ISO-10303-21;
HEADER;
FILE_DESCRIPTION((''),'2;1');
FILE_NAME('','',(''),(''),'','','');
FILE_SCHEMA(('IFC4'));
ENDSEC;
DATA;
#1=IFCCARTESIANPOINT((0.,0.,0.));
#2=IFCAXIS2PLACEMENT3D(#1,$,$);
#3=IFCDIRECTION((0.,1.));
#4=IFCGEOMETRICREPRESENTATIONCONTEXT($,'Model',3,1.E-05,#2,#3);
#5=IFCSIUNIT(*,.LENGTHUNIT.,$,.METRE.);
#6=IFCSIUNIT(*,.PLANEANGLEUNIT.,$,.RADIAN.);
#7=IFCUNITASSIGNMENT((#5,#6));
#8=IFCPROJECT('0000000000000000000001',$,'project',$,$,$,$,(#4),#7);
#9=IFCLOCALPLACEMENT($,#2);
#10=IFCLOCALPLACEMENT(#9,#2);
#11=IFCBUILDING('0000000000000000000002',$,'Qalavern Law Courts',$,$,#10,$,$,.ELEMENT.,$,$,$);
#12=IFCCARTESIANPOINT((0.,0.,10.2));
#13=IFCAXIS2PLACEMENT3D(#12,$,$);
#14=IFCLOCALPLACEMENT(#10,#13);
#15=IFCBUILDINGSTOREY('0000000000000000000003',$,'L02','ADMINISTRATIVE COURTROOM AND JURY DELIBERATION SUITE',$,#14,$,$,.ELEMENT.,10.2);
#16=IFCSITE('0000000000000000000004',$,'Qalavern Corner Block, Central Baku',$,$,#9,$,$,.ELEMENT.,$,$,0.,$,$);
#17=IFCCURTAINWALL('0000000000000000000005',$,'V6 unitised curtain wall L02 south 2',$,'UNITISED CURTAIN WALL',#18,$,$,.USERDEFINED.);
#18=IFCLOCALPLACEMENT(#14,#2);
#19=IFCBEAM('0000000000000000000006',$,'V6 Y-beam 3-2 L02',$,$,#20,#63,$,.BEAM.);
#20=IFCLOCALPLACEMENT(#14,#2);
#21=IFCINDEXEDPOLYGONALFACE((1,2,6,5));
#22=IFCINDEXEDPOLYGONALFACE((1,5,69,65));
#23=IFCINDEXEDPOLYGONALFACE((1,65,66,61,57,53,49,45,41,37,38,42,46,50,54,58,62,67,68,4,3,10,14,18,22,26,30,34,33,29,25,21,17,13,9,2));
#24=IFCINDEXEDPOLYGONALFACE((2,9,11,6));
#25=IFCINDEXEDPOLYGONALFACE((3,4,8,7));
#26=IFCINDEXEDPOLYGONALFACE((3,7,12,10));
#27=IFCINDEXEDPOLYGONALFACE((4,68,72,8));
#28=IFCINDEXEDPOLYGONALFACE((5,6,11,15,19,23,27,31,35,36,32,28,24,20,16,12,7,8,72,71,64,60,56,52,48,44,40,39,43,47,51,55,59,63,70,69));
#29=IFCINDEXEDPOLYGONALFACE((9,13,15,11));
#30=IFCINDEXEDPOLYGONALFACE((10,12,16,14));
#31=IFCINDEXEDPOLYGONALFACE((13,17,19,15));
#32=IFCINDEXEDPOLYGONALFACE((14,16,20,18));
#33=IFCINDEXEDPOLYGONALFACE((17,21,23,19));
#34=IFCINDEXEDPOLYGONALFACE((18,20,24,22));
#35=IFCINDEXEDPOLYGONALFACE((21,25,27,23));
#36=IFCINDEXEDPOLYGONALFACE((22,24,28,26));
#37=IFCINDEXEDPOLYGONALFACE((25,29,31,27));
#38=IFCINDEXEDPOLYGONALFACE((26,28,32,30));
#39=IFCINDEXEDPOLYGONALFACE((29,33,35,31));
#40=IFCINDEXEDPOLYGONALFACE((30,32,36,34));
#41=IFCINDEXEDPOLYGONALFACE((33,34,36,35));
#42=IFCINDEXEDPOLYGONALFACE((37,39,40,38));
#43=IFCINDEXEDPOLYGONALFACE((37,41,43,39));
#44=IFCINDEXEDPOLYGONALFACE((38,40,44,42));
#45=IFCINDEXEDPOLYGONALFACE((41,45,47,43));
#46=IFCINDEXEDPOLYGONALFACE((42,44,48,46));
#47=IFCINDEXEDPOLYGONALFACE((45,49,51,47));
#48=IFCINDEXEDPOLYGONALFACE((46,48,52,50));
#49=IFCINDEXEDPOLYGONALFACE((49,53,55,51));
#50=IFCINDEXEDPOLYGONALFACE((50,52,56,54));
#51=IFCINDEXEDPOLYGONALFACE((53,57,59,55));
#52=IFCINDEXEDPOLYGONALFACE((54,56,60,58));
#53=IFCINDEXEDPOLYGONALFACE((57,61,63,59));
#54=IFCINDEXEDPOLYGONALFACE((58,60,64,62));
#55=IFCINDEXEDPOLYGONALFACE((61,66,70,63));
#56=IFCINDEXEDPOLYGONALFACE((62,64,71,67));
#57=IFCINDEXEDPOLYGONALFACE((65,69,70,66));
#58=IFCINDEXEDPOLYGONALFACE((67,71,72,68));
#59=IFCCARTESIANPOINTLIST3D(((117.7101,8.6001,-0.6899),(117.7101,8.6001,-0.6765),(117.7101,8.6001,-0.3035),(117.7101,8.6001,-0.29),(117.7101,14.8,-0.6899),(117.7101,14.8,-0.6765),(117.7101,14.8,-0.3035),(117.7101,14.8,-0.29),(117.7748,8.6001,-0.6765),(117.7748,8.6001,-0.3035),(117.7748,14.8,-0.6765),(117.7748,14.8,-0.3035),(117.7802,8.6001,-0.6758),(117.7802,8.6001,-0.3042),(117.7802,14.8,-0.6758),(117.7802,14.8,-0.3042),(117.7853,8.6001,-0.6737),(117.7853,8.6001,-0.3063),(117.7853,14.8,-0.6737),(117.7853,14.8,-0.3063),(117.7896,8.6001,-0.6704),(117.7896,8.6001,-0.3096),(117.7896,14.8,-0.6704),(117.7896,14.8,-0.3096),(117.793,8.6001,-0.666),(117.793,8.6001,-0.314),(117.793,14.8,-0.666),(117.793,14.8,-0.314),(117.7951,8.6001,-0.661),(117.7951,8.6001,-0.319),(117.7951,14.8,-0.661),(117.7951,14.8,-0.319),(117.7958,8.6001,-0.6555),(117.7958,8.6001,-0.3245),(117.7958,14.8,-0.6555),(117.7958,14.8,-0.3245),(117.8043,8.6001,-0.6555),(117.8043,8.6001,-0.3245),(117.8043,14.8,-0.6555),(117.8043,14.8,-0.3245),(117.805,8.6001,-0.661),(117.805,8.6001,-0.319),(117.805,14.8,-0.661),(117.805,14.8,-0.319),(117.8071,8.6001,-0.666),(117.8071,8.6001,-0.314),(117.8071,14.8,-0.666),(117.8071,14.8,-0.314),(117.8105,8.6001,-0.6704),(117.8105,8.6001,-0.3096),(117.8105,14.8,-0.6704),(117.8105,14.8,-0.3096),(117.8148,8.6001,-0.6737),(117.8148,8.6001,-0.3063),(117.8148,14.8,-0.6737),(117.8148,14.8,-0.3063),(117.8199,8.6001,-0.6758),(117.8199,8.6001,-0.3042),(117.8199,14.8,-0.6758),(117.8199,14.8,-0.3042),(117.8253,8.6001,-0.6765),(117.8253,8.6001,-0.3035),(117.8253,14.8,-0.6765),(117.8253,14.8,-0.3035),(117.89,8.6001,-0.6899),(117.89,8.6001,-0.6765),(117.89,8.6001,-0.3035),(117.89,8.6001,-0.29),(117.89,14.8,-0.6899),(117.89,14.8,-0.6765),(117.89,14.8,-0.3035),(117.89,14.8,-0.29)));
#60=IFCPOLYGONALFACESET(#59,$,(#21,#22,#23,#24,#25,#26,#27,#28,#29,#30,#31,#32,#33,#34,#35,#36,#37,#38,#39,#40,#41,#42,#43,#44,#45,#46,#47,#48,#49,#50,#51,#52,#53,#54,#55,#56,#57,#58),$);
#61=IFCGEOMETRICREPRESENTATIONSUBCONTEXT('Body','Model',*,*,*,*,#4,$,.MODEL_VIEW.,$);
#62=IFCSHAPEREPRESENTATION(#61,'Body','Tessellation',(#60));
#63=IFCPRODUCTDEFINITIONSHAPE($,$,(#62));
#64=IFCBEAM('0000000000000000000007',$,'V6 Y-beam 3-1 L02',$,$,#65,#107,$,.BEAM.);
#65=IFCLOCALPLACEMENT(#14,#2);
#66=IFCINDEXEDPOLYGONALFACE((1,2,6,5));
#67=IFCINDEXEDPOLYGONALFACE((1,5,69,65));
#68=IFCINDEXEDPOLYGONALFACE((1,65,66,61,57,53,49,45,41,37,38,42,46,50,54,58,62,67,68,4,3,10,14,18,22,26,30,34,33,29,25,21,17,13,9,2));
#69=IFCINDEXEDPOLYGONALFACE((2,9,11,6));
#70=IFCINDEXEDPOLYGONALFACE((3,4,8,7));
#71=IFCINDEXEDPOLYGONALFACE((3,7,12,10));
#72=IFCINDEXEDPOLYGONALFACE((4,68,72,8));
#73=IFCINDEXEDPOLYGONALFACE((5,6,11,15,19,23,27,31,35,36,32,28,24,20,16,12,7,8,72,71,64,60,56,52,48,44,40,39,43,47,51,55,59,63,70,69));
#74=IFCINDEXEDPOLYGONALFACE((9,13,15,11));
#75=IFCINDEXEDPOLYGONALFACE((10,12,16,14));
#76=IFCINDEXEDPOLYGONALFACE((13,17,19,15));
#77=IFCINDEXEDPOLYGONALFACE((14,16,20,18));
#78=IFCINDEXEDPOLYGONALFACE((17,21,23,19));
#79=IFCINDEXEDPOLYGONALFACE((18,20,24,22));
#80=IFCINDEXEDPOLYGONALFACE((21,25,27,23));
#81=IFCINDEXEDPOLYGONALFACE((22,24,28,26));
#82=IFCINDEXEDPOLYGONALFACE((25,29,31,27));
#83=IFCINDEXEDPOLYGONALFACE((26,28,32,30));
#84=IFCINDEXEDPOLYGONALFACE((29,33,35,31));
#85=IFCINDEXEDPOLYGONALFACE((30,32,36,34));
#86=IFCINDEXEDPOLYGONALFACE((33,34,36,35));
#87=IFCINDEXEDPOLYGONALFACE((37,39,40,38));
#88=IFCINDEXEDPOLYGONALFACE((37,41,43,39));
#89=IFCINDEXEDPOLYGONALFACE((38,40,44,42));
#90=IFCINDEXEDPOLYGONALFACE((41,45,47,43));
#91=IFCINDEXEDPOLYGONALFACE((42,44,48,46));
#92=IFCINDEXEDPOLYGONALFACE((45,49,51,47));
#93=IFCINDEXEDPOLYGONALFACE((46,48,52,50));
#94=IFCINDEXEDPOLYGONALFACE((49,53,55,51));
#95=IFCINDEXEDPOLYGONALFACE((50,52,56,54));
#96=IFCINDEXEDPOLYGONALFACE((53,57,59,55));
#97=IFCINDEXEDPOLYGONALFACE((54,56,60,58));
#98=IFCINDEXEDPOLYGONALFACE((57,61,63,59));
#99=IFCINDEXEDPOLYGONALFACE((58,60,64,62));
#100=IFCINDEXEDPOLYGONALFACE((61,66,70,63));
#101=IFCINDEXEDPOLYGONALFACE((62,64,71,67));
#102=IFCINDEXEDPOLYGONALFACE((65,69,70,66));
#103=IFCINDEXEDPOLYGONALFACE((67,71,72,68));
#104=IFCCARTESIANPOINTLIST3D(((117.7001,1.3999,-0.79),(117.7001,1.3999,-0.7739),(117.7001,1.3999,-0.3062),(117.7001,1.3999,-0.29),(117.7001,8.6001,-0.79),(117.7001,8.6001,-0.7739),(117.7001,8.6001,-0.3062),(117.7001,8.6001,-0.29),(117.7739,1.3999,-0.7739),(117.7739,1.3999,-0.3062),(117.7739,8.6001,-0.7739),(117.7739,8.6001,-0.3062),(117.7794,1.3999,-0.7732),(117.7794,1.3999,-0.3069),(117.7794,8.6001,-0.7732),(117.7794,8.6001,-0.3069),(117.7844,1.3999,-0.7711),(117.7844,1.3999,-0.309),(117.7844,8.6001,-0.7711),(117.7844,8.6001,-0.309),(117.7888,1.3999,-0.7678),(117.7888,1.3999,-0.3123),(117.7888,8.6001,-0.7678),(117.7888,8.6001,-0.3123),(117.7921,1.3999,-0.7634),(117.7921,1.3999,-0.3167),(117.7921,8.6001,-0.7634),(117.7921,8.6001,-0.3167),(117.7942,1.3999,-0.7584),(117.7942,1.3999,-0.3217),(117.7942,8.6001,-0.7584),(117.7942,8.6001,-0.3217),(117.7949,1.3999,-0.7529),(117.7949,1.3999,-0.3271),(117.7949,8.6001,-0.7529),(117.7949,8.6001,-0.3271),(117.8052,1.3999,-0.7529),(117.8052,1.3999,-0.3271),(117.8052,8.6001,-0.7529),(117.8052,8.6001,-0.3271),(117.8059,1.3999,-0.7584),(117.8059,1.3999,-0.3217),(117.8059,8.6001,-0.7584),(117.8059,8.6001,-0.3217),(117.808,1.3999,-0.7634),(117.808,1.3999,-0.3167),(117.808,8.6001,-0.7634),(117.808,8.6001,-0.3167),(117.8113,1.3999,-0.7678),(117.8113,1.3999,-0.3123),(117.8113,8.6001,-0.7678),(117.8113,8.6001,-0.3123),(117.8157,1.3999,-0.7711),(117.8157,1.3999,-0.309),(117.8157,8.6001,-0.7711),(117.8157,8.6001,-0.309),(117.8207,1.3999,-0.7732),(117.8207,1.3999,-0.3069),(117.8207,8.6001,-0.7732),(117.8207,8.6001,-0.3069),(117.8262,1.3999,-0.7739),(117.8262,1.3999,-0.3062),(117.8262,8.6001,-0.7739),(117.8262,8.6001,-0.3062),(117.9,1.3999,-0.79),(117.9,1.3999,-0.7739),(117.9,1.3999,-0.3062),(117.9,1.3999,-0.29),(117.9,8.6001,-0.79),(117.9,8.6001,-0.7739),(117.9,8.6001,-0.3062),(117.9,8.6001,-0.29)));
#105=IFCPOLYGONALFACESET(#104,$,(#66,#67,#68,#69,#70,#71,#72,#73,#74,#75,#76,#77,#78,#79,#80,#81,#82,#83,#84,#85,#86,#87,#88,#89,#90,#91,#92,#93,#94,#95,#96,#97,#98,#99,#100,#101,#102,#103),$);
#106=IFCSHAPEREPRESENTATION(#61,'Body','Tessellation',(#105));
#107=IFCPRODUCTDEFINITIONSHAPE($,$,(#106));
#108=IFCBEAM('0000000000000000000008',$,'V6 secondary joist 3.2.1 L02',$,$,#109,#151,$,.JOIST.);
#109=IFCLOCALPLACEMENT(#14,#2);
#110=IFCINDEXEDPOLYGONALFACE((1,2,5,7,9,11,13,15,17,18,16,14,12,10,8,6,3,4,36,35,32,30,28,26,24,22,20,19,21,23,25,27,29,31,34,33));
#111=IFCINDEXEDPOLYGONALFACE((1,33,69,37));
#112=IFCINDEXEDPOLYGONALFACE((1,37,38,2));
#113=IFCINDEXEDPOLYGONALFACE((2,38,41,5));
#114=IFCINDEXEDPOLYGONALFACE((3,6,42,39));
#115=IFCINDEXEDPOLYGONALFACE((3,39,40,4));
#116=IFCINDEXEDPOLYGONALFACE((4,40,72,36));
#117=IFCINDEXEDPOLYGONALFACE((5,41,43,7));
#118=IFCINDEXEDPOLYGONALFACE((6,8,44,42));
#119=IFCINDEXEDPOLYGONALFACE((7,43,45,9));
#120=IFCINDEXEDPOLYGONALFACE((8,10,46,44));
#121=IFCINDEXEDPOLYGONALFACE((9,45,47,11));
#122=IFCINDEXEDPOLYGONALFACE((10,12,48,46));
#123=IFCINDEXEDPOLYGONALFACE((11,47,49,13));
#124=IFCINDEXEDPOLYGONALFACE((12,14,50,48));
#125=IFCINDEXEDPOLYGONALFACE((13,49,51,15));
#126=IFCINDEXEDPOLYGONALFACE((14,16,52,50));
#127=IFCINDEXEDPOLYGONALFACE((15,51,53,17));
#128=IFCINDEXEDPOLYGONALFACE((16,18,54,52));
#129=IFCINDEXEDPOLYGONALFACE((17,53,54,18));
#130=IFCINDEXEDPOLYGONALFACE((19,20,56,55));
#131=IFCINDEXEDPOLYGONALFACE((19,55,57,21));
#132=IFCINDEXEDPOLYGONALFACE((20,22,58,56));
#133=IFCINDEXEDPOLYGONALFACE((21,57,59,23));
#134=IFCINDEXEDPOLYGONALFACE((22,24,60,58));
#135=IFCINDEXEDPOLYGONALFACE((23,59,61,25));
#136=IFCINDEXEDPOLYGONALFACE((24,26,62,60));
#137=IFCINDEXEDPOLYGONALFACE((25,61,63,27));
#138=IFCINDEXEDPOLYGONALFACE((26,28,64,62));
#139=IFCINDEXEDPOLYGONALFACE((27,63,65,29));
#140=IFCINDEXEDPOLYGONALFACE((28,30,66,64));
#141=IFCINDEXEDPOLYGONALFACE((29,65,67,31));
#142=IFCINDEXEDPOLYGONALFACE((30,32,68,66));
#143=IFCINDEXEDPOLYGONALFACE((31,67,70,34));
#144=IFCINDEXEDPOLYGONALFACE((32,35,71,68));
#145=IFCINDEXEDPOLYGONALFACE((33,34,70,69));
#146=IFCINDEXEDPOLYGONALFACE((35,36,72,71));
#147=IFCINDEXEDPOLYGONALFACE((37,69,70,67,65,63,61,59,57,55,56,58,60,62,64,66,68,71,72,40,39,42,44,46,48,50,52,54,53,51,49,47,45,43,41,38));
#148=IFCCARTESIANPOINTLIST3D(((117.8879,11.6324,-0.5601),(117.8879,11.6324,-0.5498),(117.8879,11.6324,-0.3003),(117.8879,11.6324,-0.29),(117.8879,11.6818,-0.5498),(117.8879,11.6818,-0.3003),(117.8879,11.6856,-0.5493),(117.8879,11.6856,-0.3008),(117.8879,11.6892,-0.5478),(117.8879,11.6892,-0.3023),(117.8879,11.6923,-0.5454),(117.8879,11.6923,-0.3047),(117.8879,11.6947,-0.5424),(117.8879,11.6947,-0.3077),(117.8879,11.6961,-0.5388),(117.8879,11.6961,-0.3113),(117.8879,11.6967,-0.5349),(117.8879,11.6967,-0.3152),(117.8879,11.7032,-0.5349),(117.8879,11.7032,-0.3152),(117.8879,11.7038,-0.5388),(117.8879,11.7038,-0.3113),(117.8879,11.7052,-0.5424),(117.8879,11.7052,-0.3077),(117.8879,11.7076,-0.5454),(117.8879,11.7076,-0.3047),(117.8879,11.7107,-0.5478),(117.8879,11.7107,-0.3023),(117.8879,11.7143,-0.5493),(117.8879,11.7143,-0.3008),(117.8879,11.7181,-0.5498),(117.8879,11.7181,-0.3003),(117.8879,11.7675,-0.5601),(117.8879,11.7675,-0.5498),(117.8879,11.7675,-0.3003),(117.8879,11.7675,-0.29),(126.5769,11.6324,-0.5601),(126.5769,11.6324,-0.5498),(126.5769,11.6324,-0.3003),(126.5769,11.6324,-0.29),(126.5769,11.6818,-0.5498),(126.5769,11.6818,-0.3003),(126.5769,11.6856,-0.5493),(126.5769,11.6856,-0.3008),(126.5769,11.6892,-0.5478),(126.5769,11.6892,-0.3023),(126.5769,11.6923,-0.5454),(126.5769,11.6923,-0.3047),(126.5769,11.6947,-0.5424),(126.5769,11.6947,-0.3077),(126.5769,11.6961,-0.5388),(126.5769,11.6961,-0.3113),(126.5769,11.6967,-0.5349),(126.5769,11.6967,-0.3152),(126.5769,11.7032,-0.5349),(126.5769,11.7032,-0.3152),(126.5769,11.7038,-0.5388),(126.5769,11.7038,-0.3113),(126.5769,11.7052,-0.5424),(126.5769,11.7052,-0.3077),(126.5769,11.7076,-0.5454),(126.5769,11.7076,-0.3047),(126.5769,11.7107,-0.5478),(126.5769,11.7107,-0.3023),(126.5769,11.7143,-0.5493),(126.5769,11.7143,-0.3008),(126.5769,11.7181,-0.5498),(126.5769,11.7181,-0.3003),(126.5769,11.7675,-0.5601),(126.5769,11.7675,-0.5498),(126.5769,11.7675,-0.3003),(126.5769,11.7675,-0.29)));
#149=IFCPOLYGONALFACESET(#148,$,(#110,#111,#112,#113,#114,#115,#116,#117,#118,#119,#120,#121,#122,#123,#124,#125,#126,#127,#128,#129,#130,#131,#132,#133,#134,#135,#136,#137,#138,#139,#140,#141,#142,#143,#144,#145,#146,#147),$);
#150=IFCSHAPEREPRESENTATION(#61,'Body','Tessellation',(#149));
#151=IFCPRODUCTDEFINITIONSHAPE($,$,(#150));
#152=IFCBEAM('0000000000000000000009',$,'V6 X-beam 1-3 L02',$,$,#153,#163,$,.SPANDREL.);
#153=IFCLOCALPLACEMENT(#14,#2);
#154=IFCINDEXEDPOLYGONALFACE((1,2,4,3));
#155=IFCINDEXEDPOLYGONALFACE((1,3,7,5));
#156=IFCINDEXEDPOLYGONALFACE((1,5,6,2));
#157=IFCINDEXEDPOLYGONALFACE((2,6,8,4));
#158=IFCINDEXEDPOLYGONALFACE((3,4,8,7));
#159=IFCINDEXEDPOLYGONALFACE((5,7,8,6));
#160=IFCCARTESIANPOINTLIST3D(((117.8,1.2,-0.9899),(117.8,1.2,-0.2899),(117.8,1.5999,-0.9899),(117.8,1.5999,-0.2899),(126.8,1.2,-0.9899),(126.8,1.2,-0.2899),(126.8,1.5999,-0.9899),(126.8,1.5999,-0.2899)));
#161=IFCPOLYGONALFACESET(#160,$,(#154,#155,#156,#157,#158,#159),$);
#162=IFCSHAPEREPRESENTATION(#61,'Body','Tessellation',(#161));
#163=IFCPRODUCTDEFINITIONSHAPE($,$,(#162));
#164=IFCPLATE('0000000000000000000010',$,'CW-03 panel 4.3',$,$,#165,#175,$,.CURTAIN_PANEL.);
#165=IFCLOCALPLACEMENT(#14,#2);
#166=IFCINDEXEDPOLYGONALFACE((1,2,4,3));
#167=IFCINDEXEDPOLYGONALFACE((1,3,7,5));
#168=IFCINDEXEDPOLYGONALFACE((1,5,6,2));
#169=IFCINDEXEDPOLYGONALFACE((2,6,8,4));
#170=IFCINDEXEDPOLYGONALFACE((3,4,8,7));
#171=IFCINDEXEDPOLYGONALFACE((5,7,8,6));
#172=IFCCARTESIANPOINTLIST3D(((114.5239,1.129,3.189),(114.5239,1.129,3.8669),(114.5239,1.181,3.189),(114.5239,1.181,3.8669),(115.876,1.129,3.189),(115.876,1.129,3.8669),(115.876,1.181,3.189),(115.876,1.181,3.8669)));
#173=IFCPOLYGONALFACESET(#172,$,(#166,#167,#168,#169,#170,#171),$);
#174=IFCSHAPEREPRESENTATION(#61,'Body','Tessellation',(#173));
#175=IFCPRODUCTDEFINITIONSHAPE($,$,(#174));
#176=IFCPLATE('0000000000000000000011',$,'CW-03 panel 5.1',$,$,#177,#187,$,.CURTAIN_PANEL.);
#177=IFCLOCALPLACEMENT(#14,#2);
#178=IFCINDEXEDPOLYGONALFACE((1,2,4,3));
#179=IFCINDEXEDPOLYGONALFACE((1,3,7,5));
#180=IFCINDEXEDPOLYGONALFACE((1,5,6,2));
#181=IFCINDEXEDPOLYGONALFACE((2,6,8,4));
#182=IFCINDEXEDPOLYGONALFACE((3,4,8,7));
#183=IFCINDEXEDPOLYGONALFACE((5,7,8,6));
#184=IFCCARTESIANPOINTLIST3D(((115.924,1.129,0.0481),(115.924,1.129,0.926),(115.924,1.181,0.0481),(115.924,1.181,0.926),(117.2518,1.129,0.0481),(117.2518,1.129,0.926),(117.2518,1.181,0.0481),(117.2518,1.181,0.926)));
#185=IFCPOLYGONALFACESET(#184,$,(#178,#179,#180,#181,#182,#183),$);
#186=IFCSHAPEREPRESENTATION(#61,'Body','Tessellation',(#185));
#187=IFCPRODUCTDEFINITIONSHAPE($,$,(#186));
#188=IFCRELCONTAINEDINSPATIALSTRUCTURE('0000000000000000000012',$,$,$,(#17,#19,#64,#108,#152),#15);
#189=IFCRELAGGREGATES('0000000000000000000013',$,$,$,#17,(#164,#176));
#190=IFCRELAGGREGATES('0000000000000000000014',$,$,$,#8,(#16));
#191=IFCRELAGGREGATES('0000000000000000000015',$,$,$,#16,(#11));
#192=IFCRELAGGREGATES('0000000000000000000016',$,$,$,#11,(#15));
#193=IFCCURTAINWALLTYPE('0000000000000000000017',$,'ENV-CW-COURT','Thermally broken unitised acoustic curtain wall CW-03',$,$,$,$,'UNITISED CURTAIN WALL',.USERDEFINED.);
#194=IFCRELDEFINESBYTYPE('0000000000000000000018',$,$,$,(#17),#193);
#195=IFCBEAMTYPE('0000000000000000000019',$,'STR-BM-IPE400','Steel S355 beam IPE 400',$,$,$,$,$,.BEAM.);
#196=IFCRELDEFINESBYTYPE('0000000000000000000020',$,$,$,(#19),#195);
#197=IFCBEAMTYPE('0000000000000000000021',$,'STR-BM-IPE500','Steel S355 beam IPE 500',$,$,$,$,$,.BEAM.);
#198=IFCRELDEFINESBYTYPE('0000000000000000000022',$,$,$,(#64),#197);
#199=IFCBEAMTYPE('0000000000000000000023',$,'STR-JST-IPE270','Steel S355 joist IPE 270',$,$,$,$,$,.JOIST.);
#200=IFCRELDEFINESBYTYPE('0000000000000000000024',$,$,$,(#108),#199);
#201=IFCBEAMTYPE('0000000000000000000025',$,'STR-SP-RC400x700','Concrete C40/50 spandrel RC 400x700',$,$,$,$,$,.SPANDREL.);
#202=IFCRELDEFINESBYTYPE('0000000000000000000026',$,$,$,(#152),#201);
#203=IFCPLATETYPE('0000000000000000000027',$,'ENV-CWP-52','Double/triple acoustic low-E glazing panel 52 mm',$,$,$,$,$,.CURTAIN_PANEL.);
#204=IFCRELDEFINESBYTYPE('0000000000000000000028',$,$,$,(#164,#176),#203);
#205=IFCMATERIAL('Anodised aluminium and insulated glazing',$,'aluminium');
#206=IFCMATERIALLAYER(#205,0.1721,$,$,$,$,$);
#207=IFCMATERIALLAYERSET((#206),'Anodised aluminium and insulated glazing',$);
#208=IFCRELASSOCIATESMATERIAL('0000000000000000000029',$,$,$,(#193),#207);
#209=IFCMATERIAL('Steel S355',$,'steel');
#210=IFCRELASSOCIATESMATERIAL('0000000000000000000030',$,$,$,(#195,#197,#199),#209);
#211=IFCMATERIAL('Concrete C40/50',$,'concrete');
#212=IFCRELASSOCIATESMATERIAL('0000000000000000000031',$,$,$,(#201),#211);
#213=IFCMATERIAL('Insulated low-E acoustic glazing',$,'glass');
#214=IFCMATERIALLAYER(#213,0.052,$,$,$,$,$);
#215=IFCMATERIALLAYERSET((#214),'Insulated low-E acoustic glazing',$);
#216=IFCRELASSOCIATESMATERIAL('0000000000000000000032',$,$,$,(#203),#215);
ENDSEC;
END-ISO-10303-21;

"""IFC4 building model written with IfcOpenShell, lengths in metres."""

from ifc_helpers import new_model, si_unit, direction, frame, origin, origin_2d, place, context, subcontext, project, spatial, rectangle, i_section, extrude, material, layer, layer_set, material_profile, profile_set, type_object, element, aggregate, save


model = new_model("IFC4")

# Units and contexts
model_context = context("Model", 3, precision=1e-05, world=origin(), true_north=direction((0.0, 1.0)))
body_context = subcontext(model_context, "Body", "Model", "MODEL_VIEW")
ifc_project = project(units=[si_unit("LENGTHUNIT", "METRE"), si_unit("PLANEANGLEUNIT", "RADIAN")], contexts=[model_context])

# Site, building, storey
site_placement = place(None, origin())
site = spatial("IfcSite", under=ifc_project, at=site_placement, Name="Qalavern Corner Block, Central Baku", CompositionType="ELEMENT", RefElevation=0.0)
building_placement = place(site_placement, origin())
building = spatial("IfcBuilding", under=site, at=building_placement, Name="Qalavern Law Courts", CompositionType="ELEMENT")
storey_placement = place(building_placement, frame((0.0, 0.0, 10.2)))
storey = spatial("IfcBuildingStorey", under=building, at=storey_placement, Name="L02", Description="ADMINISTRATIVE COURTROOM AND JURY DELIBERATION SUITE", CompositionType="ELEMENT", Elevation=10.2)

# Curtain wall
ifc_material_1 = material(Name="Anodised aluminium and insulated glazing", Category="aluminium")
ifc_layer_1 = layer(ifc_material_1, 0.1721)
ifc_layer_set_1 = layer_set([ifc_layer_1], Name="Anodised aluminium and insulated glazing")
curtain_wall_type = type_object("IfcCurtainWallType", Name="ENV-CW-COURT", Description="Thermally broken unitised acoustic curtain wall CW-03", ElementType="UNITISED CURTAIN WALL", PredefinedType="USERDEFINED", material=ifc_layer_set_1)
curtain_wall_placement = place(storey_placement, origin())
curtain_wall = element("IfcCurtainWall", 1, at=curtain_wall_placement, inside=storey, type_object=curtain_wall_type, Name="V6 unitised curtain wall L02 south 2", ObjectType="UNITISED CURTAIN WALL", PredefinedType="USERDEFINED")

# Beams
ifc_material_2 = material(Name="Steel S355", Category="steel")
ifc_material_profile_1 = material_profile(ifc_material_2, i_section(OverallWidth=0.1799, OverallDepth=0.3999, WebThickness=0.0085, FlangeThickness=0.0134, FilletRadius=0.021, at=origin_2d()), Name="IPE 400")
ifc_profile_set_1 = profile_set([ifc_material_profile_1], Name="Steel S355")
beam_type_1 = type_object("IfcBeamType", Name="STR-BM-IPE400", Description="Steel S355 beam IPE 400", PredefinedType="BEAM", material=ifc_profile_set_1)
beam_1_placement = place(storey_placement, frame((117.8, 8.6001, -0.49), z_axis=(0.0, 1.0, 0.0), x_axis=(-1.0, 0.0, 0.0)))
element("IfcBeam", 2, at=beam_1_placement, inside=storey, type_object=beam_type_1, Name="V6 Y-beam 3-2 L02", PredefinedType="BEAM", context=body_context, shape_type="SweptSolid", body=[
    extrude(i_section(OverallWidth=0.1799, OverallDepth=0.3999, WebThickness=0.0085, FlangeThickness=0.0134, FilletRadius=0.021, at=origin_2d()), origin(), (0.0, 0.0, 1.0), 6.2),
])
ifc_material_profile_2 = material_profile(ifc_material_2, i_section(OverallWidth=0.2, OverallDepth=0.5, WebThickness=0.0103, FlangeThickness=0.0161, FilletRadius=0.021, at=origin_2d()), Name="IPE 500")
ifc_profile_set_2 = profile_set([ifc_material_profile_2], Name="Steel S355")
beam_type_2 = type_object("IfcBeamType", Name="STR-BM-IPE500", Description="Steel S355 beam IPE 500", PredefinedType="BEAM", material=ifc_profile_set_2)
beam_2_placement = place(storey_placement, frame((117.8, 1.3999, -0.54), z_axis=(0.0, 1.0, 0.0), x_axis=(-1.0, 0.0, 0.0)))
element("IfcBeam", 3, at=beam_2_placement, inside=storey, type_object=beam_type_2, Name="V6 Y-beam 3-1 L02", PredefinedType="BEAM", context=body_context, shape_type="SweptSolid", body=[
    extrude(i_section(OverallWidth=0.2, OverallDepth=0.5, WebThickness=0.0103, FlangeThickness=0.0161, FilletRadius=0.021, at=origin_2d()), origin(), (0.0, 0.0, 1.0), 7.2002),
])
ifc_material_profile_3 = material_profile(ifc_material_2, i_section(OverallWidth=0.135, OverallDepth=0.27, WebThickness=0.0066, FlangeThickness=0.0103, FilletRadius=0.0149, at=origin_2d()), Name="IPE 270")
ifc_profile_set_3 = profile_set([ifc_material_profile_3], Name="Steel S355")
beam_type_3 = type_object("IfcBeamType", Name="STR-JST-IPE270", Description="Steel S355 joist IPE 270", PredefinedType="JOIST", material=ifc_profile_set_3)
beam_3_placement = place(storey_placement, frame((117.8879, 11.7, -0.425), z_axis=(1.0, 0.0, 0.0), x_axis=(0.0, 1.0, 0.0)))
element("IfcBeam", 4, at=beam_3_placement, inside=storey, type_object=beam_type_3, Name="V6 secondary joist 3.2.1 L02", PredefinedType="JOIST", context=body_context, shape_type="SweptSolid", body=[
    extrude(i_section(OverallWidth=0.135, OverallDepth=0.27, WebThickness=0.0066, FlangeThickness=0.0103, FilletRadius=0.0149, at=origin_2d()), origin(), (0.0, 0.0, 1.0), 8.689),
])
ifc_material_3 = material(Name="Concrete C40/50", Category="concrete")
ifc_material_profile_4 = material_profile(ifc_material_3, rectangle(XDim=0.3999, YDim=0.7, at=origin_2d()), Name="RC 400x700")
ifc_profile_set_4 = profile_set([ifc_material_profile_4], Name="Concrete C40/50")
beam_type_4 = type_object("IfcBeamType", Name="STR-SP-RC400x700", Description="Concrete C40/50 spandrel RC 400x700", PredefinedType="SPANDREL", material=ifc_profile_set_4)
beam_4_placement = place(storey_placement, frame((117.8, 1.3999, -0.6399), z_axis=(1.0, 0.0, 0.0), x_axis=(0.0, 1.0, 0.0)))
element("IfcBeam", 5, at=beam_4_placement, inside=storey, type_object=beam_type_4, Name="V6 X-beam 1-3 L02", PredefinedType="SPANDREL", context=body_context, shape_type="SweptSolid", body=[
    extrude(rectangle(XDim=0.3999, YDim=0.7, at=origin_2d()), origin(), (0.0, 0.0, 1.0), 9.0),
])

# Plates
ifc_material_4 = material(Name="Insulated low-E acoustic glazing", Category="glass")
ifc_layer_2 = layer(ifc_material_4, 0.052)
ifc_layer_set_2 = layer_set([ifc_layer_2], Name="Insulated low-E acoustic glazing")
plate_type = type_object("IfcPlateType", Name="ENV-CWP-52", Description="Double/triple acoustic low-E glazing panel 52 mm", PredefinedType="CURTAIN_PANEL", material=ifc_layer_set_2)
plate_1_placement = place(storey_placement, frame((115.2, 1.155, 3.189), z_axis=(0.0, 0.0, 1.0), x_axis=(1.0, 0.0, 0.0)))
plate_1 = element("IfcPlate", 6, at=plate_1_placement, type_object=plate_type, Name="CW-03 panel 4.3", PredefinedType="CURTAIN_PANEL", context=body_context, shape_type="SweptSolid", body=[
    extrude(rectangle(XDim=1.3521, YDim=0.052, at=origin_2d()), origin(), (0.0, 0.0, 1.0), 0.678),
])
plate_2_placement = place(storey_placement, frame((116.5879, 1.155, 0.0481), z_axis=(0.0, 0.0, 1.0), x_axis=(1.0, 0.0, 0.0)))
plate_2 = element("IfcPlate", 7, at=plate_2_placement, type_object=plate_type, Name="CW-03 panel 5.1", PredefinedType="CURTAIN_PANEL", context=body_context, shape_type="SweptSolid", body=[
    extrude(rectangle(XDim=1.3279, YDim=0.052, at=origin_2d()), origin(), (0.0, 0.0, 1.0), 0.8779),
])
aggregate(curtain_wall, [plate_1, plate_2])

save(model, "model.ifc")
